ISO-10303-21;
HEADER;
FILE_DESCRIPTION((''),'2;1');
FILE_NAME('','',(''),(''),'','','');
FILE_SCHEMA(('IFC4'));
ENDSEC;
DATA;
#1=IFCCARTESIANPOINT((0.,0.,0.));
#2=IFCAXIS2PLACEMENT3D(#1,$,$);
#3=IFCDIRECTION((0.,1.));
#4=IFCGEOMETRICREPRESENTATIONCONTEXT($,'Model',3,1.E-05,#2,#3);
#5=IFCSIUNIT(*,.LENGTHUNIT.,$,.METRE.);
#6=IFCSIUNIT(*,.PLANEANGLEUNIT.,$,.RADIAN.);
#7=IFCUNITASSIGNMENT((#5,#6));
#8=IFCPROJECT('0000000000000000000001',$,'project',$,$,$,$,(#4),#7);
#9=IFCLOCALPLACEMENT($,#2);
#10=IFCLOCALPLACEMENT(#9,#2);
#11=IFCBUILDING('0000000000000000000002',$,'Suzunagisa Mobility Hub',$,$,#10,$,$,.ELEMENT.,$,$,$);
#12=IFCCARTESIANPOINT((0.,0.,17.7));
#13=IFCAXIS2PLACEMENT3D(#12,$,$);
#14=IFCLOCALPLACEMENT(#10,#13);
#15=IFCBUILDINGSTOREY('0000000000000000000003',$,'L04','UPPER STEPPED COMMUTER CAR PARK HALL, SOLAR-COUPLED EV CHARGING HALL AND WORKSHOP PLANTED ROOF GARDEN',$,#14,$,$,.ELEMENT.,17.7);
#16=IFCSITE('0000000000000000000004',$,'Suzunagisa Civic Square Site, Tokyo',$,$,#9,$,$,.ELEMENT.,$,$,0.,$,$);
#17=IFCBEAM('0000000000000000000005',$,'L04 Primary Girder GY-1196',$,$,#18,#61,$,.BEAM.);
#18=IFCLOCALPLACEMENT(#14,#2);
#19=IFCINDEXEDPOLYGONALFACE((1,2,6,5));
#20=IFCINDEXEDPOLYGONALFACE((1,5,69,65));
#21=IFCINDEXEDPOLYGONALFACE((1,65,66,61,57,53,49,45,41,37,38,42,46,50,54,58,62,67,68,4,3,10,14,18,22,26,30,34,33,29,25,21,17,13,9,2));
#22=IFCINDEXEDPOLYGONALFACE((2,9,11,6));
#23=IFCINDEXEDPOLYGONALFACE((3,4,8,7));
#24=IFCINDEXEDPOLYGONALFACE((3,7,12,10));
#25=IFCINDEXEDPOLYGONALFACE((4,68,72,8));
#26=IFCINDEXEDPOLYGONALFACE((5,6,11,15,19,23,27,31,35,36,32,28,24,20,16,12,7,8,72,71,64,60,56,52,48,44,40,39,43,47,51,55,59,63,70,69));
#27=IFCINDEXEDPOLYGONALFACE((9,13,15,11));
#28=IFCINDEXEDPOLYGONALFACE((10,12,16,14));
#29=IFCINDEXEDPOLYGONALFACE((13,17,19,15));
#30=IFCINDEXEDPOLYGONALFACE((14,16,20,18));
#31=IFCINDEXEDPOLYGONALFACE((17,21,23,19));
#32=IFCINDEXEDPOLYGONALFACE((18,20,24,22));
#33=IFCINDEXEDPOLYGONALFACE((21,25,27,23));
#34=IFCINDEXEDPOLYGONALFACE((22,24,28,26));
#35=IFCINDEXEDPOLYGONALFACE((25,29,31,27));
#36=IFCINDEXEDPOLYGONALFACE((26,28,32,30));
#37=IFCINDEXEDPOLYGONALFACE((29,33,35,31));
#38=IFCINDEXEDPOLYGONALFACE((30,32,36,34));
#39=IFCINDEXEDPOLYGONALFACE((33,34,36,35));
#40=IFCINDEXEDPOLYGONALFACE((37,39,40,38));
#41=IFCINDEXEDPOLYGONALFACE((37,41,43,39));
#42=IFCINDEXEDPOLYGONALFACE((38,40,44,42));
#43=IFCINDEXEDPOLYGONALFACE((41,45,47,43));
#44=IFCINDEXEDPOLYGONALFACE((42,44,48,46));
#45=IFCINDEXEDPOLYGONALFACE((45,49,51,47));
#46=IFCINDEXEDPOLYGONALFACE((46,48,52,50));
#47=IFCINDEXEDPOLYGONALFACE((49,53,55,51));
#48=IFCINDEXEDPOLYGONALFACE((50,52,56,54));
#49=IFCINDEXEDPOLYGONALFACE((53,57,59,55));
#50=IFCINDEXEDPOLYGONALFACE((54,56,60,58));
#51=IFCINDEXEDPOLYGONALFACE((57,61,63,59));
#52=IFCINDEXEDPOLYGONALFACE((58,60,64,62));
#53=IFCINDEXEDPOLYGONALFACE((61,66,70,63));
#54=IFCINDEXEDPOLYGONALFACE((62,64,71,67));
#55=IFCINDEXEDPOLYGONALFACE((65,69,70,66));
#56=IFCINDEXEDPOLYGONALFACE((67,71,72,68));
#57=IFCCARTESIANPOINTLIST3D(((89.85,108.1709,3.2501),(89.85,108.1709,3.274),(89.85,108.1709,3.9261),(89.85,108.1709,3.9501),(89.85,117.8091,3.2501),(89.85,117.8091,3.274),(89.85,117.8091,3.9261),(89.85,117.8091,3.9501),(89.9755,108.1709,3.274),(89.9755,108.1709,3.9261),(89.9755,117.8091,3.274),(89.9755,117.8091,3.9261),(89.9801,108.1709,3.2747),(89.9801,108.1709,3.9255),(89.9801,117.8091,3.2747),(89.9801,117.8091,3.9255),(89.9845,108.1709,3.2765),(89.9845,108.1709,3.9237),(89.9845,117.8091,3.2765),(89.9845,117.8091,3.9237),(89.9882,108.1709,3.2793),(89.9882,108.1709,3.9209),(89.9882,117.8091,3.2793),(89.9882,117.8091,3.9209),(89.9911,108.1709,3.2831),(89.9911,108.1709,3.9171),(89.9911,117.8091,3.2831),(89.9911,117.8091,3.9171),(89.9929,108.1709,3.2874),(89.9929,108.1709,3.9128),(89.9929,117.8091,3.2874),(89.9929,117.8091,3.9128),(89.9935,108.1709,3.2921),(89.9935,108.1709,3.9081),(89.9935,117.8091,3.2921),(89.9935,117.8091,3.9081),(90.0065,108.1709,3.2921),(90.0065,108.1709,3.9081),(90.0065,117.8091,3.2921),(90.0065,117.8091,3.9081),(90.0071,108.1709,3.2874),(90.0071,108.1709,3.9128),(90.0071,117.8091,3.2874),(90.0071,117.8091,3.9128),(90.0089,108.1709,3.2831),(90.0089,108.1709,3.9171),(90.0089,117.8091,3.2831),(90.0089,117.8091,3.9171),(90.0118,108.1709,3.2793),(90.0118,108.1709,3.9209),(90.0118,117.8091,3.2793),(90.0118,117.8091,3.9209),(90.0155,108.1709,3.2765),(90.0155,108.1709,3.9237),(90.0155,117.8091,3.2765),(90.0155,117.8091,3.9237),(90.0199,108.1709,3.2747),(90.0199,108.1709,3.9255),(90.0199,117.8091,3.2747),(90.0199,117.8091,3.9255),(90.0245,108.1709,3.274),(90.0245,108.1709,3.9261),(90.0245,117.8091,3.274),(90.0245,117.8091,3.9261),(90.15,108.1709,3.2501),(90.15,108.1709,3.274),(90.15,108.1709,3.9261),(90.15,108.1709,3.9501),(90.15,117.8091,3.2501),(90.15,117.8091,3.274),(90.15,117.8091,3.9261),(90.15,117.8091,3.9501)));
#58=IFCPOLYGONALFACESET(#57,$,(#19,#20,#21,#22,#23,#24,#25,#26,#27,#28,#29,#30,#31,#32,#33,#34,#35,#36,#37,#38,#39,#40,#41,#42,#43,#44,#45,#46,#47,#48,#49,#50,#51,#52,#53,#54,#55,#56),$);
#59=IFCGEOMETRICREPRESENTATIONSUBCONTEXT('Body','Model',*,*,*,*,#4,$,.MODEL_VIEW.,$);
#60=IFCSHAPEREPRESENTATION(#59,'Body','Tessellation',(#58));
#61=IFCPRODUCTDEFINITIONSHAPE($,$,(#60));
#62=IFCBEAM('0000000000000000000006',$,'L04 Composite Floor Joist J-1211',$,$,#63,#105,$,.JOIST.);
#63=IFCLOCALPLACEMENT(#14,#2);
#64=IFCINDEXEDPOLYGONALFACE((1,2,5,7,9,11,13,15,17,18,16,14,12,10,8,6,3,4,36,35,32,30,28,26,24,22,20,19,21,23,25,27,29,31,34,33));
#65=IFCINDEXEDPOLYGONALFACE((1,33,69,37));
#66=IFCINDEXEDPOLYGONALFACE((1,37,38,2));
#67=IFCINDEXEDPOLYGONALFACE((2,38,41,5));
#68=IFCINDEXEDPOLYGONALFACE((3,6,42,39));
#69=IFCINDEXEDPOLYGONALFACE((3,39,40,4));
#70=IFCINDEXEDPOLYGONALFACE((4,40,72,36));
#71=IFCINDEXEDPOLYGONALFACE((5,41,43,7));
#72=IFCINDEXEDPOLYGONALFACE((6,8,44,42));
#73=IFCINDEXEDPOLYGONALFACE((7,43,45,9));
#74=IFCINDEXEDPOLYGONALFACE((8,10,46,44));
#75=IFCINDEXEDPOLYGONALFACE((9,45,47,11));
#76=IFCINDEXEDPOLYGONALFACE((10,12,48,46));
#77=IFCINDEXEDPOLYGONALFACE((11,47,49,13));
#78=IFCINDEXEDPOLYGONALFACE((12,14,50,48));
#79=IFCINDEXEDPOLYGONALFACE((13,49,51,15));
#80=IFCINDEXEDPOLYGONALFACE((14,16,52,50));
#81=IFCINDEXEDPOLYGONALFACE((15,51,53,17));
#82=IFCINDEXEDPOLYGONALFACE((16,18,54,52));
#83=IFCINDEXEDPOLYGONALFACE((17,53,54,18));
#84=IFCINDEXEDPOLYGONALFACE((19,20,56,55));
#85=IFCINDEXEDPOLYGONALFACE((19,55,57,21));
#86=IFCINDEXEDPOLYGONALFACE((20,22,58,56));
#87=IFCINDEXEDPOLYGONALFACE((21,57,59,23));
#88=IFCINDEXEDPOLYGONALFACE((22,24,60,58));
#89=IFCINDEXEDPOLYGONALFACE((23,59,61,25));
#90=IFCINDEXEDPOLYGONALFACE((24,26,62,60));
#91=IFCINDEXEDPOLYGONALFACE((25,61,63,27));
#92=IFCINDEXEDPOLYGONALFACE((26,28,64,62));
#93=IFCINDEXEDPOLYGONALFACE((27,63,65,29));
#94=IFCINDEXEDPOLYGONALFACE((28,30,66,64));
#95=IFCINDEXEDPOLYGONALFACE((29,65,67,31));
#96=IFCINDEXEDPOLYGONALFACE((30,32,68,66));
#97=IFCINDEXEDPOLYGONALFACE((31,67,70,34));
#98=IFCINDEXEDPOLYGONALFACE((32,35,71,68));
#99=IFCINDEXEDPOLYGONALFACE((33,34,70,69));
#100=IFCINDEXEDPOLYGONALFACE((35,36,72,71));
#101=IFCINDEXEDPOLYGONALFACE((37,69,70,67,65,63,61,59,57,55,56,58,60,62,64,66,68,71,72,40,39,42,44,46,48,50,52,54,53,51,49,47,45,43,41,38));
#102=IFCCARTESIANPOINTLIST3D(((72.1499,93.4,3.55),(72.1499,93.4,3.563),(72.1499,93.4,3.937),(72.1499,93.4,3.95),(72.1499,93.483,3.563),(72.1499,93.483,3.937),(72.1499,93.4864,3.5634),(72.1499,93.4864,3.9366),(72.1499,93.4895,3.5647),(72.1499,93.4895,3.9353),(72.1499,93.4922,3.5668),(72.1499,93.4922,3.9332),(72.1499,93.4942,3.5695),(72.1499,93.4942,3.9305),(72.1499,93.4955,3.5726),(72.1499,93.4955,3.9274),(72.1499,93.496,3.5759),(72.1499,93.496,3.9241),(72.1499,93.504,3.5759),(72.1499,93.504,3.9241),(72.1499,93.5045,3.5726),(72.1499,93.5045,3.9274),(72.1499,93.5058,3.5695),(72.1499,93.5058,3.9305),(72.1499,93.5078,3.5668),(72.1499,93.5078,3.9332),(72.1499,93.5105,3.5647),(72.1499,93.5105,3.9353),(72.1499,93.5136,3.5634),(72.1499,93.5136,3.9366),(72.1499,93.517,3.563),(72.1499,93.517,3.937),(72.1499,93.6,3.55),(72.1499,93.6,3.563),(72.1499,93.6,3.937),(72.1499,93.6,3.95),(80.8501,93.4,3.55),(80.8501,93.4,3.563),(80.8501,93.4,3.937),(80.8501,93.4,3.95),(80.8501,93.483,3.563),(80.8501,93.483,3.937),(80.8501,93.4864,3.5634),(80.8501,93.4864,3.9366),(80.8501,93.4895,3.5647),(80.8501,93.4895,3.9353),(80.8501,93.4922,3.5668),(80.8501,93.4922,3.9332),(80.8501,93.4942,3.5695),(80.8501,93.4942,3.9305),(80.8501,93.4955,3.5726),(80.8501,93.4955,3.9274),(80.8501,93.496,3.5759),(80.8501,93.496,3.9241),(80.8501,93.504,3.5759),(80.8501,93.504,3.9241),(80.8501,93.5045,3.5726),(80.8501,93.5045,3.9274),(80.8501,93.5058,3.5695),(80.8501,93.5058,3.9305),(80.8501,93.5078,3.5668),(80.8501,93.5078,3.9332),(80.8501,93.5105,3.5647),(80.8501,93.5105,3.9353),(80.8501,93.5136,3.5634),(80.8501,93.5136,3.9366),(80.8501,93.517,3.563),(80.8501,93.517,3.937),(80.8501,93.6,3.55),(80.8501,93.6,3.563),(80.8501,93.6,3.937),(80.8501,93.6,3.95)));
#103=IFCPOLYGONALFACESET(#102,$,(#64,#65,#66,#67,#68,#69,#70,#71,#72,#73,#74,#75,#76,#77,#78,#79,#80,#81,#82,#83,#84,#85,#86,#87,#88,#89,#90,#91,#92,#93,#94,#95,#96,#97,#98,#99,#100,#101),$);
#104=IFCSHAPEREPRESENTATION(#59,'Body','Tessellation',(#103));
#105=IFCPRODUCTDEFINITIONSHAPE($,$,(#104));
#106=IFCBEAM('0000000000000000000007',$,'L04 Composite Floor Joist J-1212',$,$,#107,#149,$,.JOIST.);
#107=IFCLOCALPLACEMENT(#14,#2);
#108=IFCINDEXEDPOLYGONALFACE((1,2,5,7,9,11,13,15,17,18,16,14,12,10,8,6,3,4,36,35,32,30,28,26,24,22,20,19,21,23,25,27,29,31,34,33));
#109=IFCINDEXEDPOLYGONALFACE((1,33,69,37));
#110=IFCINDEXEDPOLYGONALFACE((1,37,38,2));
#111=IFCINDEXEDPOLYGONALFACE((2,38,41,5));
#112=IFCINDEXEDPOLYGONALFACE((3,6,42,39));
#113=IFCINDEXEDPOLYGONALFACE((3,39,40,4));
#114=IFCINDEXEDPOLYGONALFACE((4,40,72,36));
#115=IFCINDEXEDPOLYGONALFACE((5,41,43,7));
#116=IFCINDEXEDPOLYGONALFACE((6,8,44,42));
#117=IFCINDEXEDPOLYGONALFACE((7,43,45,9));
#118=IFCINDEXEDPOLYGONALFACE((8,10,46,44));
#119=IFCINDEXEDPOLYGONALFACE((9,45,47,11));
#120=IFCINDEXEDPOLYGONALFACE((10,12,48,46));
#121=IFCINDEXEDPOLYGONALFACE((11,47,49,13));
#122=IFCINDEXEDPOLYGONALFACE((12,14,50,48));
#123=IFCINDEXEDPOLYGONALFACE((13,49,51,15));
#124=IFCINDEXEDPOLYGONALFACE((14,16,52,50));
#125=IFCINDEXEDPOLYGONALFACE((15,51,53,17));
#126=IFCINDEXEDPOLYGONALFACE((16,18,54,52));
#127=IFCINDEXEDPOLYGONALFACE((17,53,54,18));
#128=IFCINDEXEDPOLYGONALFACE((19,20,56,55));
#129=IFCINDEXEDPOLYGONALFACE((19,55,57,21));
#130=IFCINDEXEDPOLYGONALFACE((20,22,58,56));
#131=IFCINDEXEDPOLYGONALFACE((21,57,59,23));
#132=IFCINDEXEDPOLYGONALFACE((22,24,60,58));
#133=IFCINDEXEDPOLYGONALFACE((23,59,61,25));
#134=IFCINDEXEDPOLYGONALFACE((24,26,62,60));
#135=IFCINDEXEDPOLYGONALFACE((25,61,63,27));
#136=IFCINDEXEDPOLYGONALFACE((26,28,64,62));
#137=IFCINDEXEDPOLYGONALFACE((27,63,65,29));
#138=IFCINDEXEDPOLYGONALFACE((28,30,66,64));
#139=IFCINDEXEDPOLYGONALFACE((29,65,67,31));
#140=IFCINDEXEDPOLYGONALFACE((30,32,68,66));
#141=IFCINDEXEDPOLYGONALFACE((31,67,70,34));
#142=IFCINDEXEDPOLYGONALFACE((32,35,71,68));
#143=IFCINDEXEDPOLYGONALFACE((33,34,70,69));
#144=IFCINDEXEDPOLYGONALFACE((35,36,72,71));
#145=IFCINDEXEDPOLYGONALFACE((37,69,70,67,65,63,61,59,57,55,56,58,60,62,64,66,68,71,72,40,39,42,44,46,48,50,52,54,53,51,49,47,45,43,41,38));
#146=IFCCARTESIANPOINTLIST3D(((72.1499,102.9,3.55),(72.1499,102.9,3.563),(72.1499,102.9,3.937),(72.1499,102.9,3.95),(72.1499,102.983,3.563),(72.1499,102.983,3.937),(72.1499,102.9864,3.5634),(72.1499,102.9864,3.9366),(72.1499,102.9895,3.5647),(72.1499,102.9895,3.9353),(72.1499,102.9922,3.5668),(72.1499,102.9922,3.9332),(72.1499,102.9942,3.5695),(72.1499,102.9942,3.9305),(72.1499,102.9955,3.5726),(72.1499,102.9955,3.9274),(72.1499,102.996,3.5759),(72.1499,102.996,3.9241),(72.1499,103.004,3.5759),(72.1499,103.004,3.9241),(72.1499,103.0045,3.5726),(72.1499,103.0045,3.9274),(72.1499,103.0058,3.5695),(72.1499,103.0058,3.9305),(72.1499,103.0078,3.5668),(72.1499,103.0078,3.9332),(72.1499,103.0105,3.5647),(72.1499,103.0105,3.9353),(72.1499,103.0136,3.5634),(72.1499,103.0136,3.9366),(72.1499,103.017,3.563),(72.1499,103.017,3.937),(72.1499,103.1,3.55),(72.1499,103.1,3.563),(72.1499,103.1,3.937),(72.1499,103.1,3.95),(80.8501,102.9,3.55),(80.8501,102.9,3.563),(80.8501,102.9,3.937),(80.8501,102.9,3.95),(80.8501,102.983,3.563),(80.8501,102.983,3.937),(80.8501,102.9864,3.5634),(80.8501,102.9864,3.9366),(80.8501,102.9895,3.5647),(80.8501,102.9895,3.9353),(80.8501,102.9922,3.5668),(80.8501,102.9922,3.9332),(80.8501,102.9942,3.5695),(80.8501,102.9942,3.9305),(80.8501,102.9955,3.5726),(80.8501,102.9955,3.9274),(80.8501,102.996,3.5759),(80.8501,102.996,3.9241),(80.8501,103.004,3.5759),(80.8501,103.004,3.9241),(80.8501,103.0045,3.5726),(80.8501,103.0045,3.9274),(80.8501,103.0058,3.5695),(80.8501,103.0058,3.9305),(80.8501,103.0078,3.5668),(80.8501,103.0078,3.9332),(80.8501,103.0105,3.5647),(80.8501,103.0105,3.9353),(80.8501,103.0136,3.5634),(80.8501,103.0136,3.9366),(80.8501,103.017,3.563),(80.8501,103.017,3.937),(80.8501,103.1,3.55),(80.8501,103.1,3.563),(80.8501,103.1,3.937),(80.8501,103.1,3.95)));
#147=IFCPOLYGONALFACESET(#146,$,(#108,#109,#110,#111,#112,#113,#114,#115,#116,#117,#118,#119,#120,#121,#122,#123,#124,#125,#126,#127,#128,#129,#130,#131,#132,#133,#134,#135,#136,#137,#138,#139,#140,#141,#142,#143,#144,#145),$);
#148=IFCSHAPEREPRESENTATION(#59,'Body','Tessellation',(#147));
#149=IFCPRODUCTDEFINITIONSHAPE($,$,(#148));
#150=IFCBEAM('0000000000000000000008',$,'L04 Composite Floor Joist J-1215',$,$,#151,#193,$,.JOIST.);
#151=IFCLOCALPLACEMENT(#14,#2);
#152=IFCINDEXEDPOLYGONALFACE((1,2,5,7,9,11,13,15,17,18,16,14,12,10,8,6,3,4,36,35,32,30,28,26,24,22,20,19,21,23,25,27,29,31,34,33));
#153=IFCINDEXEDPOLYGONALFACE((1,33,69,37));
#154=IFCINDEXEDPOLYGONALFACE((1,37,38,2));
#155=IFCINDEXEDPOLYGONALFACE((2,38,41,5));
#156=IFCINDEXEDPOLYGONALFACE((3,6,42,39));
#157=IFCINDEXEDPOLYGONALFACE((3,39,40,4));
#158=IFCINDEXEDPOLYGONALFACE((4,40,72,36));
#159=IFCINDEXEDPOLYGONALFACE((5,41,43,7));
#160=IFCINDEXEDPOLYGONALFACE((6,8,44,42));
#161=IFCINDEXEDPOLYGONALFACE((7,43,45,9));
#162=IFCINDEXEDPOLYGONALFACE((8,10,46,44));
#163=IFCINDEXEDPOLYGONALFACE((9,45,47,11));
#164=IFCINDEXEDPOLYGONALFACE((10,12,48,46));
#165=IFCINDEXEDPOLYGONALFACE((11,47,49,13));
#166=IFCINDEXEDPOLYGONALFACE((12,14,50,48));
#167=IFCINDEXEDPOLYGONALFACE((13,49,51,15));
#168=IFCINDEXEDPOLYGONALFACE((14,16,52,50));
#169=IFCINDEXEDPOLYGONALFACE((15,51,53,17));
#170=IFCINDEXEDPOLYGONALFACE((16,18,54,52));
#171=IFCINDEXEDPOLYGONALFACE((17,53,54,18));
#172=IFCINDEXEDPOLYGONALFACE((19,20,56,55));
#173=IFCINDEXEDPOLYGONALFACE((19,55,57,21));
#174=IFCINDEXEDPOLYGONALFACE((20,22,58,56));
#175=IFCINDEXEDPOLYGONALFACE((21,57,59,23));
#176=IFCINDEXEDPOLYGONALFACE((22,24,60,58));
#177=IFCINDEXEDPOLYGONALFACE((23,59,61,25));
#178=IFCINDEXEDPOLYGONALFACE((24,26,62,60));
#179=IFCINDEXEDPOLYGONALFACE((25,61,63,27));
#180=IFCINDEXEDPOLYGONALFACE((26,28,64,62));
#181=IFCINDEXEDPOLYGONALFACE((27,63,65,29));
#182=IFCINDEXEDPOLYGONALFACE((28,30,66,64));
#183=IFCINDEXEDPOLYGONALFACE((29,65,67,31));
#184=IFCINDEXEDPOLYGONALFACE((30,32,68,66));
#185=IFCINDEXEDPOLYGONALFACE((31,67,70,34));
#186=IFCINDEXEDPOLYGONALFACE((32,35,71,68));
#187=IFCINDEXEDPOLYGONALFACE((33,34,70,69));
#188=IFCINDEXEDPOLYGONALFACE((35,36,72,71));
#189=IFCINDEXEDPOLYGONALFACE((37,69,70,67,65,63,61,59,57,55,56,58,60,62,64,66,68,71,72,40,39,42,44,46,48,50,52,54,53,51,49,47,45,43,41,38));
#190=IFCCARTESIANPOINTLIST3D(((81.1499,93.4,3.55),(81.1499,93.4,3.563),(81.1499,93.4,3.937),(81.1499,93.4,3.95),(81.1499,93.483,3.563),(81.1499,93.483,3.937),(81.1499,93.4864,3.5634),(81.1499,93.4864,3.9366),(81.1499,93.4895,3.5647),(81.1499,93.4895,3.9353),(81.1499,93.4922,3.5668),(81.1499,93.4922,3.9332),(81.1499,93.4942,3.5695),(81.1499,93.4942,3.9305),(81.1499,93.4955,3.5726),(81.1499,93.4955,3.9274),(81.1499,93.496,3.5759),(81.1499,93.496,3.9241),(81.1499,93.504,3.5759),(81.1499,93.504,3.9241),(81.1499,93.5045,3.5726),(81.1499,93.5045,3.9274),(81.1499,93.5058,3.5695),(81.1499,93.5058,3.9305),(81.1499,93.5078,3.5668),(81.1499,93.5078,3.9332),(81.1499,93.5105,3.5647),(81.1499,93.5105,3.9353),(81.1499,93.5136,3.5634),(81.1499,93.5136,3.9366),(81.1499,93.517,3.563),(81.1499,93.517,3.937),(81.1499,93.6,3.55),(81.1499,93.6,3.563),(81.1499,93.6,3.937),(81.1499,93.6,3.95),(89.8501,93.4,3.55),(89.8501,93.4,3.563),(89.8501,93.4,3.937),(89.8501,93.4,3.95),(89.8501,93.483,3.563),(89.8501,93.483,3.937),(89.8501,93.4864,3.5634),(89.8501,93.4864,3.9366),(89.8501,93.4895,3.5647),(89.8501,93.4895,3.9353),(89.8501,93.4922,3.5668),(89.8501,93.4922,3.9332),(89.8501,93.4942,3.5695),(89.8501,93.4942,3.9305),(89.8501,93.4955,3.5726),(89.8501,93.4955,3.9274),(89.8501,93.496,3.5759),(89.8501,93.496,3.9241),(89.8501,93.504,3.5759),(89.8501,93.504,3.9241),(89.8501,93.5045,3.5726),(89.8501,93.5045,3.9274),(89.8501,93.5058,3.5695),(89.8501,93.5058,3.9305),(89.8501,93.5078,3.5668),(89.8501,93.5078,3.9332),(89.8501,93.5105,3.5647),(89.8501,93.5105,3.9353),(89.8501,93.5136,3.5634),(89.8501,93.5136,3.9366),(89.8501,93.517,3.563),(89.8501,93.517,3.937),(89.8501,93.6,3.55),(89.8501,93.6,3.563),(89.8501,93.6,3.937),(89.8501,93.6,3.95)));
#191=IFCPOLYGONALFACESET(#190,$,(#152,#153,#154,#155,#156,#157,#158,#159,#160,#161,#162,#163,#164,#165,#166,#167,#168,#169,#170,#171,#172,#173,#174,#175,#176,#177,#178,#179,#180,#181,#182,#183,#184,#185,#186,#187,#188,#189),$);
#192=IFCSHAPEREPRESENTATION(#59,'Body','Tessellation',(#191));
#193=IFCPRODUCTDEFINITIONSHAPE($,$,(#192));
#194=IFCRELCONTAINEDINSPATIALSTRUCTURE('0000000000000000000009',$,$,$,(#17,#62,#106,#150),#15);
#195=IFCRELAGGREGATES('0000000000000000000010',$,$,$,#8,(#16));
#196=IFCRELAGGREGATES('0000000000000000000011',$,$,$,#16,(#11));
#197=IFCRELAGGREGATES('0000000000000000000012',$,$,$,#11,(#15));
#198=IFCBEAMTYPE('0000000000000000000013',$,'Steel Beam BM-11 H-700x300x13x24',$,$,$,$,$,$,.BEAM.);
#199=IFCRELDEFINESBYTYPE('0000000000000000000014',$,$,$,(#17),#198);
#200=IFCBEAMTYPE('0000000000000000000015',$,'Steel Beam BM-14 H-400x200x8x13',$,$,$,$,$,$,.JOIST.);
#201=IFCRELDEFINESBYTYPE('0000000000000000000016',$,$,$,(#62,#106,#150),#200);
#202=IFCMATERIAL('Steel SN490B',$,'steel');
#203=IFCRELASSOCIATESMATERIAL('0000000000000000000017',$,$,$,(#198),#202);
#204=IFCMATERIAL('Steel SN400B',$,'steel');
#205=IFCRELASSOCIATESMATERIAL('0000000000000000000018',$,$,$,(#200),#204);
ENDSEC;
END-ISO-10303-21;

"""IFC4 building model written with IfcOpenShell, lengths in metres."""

from ifc_helpers import new_model, si_unit, direction, frame, origin, origin_2d, place, context, subcontext, project, spatial, i_section, extrude, material, material_profile, profile_set, type_object, element, save


model = new_model("IFC4")

# Units and contexts
model_context = context("Model", 3, precision=1e-05, world=origin(), true_north=direction((0.0, 1.0)))
body_context = subcontext(model_context, "Body", "Model", "MODEL_VIEW")
ifc_project = project(units=[si_unit("LENGTHUNIT", "METRE"), si_unit("PLANEANGLEUNIT", "RADIAN")], contexts=[model_context])

# Site, building, storey
site_placement = place(None, origin())
site = spatial("IfcSite", under=ifc_project, at=site_placement, Name="Suzunagisa Civic Square Site, Tokyo", CompositionType="ELEMENT", RefElevation=0.0)
building_placement = place(site_placement, origin())
building = spatial("IfcBuilding", under=site, at=building_placement, Name="Suzunagisa Mobility Hub", CompositionType="ELEMENT")
storey_placement = place(building_placement, frame((0.0, 0.0, 17.7)))
storey = spatial("IfcBuildingStorey", under=building, at=storey_placement, Name="L04", Description="UPPER STEPPED COMMUTER CAR PARK HALL, SOLAR-COUPLED EV CHARGING HALL AND WORKSHOP PLANTED ROOF GARDEN", CompositionType="ELEMENT", Elevation=17.7)

# Shared definitions
ifc_material_1 = material(Name="Steel SN490B", Category="steel")

# Beams
ifc_material_profile_1 = material_profile(ifc_material_1, i_section(OverallWidth=0.3, OverallDepth=0.7, WebThickness=0.0129, FlangeThickness=0.0239, FilletRadius=0.0181, at=origin_2d()), Name="H-700x300x13x24")
ifc_profile_set_1 = profile_set([ifc_material_profile_1], Name="Steel SN490B")
beam_type_1 = type_object("IfcBeamType", Name="Steel Beam BM-11 H-700x300x13x24", PredefinedType="BEAM", material=ifc_profile_set_1)
beam_1_placement = place(storey_placement, frame((90.0, 108.1709, 3.6001), z_axis=(0.0, 1.0, 0.0), x_axis=(-1.0, 0.0, 0.0)))
element("IfcBeam", 1, at=beam_1_placement, inside=storey, type_object=beam_type_1, Name="L04 Primary Girder GY-1196", PredefinedType="BEAM", context=body_context, shape_type="SweptSolid", body=[
    extrude(i_section(OverallWidth=0.3, OverallDepth=0.7, WebThickness=0.0129, FlangeThickness=0.0239, FilletRadius=0.0181, at=origin_2d()), origin(), (0.0, 0.0, 1.0), 9.6382),
])
ifc_material_2 = material(Name="Steel SN400B", Category="steel")
ifc_material_profile_2 = material_profile(ifc_material_2, i_section(OverallWidth=0.2, OverallDepth=0.3999, WebThickness=0.0081, FlangeThickness=0.0129, FilletRadius=0.0129, at=origin_2d()), Name="H-400x200x8x13")
ifc_profile_set_2 = profile_set([ifc_material_profile_2], Name="Steel SN400B")
beam_type_2 = type_object("IfcBeamType", Name="Steel Beam BM-14 H-400x200x8x13", PredefinedType="JOIST", material=ifc_profile_set_2)
for number, where, z_axis, x_axis, name in (
    (2, (72.1499, 93.5, 3.75), (1.0, 0.0, 0.0), (0.0, 1.0, 0.0), "L04 Composite Floor Joist J-1211"),
    (3, (72.1499, 103.0, 3.75), (1.0, 0.0, 0.0), (0.0, 1.0, 0.0), "L04 Composite Floor Joist J-1212"),
    (4, (81.1499, 93.5, 3.75), (1.0, 0.0, 0.0), (0.0, 1.0, 0.0), "L04 Composite Floor Joist J-1215"),
):
    element("IfcBeam", number, at=place(storey_placement, frame(where, z_axis=z_axis, x_axis=x_axis)), inside=storey, type_object=beam_type_2, Name=name, PredefinedType="JOIST", context=body_context, shape_type="SweptSolid", body=[
        extrude(i_section(OverallWidth=0.2, OverallDepth=0.3999, WebThickness=0.0081, FlangeThickness=0.0129, FilletRadius=0.0129, at=origin_2d()), origin(), (0.0, 0.0, 1.0), 8.7002),
    ])

save(model, "model.ifc")
